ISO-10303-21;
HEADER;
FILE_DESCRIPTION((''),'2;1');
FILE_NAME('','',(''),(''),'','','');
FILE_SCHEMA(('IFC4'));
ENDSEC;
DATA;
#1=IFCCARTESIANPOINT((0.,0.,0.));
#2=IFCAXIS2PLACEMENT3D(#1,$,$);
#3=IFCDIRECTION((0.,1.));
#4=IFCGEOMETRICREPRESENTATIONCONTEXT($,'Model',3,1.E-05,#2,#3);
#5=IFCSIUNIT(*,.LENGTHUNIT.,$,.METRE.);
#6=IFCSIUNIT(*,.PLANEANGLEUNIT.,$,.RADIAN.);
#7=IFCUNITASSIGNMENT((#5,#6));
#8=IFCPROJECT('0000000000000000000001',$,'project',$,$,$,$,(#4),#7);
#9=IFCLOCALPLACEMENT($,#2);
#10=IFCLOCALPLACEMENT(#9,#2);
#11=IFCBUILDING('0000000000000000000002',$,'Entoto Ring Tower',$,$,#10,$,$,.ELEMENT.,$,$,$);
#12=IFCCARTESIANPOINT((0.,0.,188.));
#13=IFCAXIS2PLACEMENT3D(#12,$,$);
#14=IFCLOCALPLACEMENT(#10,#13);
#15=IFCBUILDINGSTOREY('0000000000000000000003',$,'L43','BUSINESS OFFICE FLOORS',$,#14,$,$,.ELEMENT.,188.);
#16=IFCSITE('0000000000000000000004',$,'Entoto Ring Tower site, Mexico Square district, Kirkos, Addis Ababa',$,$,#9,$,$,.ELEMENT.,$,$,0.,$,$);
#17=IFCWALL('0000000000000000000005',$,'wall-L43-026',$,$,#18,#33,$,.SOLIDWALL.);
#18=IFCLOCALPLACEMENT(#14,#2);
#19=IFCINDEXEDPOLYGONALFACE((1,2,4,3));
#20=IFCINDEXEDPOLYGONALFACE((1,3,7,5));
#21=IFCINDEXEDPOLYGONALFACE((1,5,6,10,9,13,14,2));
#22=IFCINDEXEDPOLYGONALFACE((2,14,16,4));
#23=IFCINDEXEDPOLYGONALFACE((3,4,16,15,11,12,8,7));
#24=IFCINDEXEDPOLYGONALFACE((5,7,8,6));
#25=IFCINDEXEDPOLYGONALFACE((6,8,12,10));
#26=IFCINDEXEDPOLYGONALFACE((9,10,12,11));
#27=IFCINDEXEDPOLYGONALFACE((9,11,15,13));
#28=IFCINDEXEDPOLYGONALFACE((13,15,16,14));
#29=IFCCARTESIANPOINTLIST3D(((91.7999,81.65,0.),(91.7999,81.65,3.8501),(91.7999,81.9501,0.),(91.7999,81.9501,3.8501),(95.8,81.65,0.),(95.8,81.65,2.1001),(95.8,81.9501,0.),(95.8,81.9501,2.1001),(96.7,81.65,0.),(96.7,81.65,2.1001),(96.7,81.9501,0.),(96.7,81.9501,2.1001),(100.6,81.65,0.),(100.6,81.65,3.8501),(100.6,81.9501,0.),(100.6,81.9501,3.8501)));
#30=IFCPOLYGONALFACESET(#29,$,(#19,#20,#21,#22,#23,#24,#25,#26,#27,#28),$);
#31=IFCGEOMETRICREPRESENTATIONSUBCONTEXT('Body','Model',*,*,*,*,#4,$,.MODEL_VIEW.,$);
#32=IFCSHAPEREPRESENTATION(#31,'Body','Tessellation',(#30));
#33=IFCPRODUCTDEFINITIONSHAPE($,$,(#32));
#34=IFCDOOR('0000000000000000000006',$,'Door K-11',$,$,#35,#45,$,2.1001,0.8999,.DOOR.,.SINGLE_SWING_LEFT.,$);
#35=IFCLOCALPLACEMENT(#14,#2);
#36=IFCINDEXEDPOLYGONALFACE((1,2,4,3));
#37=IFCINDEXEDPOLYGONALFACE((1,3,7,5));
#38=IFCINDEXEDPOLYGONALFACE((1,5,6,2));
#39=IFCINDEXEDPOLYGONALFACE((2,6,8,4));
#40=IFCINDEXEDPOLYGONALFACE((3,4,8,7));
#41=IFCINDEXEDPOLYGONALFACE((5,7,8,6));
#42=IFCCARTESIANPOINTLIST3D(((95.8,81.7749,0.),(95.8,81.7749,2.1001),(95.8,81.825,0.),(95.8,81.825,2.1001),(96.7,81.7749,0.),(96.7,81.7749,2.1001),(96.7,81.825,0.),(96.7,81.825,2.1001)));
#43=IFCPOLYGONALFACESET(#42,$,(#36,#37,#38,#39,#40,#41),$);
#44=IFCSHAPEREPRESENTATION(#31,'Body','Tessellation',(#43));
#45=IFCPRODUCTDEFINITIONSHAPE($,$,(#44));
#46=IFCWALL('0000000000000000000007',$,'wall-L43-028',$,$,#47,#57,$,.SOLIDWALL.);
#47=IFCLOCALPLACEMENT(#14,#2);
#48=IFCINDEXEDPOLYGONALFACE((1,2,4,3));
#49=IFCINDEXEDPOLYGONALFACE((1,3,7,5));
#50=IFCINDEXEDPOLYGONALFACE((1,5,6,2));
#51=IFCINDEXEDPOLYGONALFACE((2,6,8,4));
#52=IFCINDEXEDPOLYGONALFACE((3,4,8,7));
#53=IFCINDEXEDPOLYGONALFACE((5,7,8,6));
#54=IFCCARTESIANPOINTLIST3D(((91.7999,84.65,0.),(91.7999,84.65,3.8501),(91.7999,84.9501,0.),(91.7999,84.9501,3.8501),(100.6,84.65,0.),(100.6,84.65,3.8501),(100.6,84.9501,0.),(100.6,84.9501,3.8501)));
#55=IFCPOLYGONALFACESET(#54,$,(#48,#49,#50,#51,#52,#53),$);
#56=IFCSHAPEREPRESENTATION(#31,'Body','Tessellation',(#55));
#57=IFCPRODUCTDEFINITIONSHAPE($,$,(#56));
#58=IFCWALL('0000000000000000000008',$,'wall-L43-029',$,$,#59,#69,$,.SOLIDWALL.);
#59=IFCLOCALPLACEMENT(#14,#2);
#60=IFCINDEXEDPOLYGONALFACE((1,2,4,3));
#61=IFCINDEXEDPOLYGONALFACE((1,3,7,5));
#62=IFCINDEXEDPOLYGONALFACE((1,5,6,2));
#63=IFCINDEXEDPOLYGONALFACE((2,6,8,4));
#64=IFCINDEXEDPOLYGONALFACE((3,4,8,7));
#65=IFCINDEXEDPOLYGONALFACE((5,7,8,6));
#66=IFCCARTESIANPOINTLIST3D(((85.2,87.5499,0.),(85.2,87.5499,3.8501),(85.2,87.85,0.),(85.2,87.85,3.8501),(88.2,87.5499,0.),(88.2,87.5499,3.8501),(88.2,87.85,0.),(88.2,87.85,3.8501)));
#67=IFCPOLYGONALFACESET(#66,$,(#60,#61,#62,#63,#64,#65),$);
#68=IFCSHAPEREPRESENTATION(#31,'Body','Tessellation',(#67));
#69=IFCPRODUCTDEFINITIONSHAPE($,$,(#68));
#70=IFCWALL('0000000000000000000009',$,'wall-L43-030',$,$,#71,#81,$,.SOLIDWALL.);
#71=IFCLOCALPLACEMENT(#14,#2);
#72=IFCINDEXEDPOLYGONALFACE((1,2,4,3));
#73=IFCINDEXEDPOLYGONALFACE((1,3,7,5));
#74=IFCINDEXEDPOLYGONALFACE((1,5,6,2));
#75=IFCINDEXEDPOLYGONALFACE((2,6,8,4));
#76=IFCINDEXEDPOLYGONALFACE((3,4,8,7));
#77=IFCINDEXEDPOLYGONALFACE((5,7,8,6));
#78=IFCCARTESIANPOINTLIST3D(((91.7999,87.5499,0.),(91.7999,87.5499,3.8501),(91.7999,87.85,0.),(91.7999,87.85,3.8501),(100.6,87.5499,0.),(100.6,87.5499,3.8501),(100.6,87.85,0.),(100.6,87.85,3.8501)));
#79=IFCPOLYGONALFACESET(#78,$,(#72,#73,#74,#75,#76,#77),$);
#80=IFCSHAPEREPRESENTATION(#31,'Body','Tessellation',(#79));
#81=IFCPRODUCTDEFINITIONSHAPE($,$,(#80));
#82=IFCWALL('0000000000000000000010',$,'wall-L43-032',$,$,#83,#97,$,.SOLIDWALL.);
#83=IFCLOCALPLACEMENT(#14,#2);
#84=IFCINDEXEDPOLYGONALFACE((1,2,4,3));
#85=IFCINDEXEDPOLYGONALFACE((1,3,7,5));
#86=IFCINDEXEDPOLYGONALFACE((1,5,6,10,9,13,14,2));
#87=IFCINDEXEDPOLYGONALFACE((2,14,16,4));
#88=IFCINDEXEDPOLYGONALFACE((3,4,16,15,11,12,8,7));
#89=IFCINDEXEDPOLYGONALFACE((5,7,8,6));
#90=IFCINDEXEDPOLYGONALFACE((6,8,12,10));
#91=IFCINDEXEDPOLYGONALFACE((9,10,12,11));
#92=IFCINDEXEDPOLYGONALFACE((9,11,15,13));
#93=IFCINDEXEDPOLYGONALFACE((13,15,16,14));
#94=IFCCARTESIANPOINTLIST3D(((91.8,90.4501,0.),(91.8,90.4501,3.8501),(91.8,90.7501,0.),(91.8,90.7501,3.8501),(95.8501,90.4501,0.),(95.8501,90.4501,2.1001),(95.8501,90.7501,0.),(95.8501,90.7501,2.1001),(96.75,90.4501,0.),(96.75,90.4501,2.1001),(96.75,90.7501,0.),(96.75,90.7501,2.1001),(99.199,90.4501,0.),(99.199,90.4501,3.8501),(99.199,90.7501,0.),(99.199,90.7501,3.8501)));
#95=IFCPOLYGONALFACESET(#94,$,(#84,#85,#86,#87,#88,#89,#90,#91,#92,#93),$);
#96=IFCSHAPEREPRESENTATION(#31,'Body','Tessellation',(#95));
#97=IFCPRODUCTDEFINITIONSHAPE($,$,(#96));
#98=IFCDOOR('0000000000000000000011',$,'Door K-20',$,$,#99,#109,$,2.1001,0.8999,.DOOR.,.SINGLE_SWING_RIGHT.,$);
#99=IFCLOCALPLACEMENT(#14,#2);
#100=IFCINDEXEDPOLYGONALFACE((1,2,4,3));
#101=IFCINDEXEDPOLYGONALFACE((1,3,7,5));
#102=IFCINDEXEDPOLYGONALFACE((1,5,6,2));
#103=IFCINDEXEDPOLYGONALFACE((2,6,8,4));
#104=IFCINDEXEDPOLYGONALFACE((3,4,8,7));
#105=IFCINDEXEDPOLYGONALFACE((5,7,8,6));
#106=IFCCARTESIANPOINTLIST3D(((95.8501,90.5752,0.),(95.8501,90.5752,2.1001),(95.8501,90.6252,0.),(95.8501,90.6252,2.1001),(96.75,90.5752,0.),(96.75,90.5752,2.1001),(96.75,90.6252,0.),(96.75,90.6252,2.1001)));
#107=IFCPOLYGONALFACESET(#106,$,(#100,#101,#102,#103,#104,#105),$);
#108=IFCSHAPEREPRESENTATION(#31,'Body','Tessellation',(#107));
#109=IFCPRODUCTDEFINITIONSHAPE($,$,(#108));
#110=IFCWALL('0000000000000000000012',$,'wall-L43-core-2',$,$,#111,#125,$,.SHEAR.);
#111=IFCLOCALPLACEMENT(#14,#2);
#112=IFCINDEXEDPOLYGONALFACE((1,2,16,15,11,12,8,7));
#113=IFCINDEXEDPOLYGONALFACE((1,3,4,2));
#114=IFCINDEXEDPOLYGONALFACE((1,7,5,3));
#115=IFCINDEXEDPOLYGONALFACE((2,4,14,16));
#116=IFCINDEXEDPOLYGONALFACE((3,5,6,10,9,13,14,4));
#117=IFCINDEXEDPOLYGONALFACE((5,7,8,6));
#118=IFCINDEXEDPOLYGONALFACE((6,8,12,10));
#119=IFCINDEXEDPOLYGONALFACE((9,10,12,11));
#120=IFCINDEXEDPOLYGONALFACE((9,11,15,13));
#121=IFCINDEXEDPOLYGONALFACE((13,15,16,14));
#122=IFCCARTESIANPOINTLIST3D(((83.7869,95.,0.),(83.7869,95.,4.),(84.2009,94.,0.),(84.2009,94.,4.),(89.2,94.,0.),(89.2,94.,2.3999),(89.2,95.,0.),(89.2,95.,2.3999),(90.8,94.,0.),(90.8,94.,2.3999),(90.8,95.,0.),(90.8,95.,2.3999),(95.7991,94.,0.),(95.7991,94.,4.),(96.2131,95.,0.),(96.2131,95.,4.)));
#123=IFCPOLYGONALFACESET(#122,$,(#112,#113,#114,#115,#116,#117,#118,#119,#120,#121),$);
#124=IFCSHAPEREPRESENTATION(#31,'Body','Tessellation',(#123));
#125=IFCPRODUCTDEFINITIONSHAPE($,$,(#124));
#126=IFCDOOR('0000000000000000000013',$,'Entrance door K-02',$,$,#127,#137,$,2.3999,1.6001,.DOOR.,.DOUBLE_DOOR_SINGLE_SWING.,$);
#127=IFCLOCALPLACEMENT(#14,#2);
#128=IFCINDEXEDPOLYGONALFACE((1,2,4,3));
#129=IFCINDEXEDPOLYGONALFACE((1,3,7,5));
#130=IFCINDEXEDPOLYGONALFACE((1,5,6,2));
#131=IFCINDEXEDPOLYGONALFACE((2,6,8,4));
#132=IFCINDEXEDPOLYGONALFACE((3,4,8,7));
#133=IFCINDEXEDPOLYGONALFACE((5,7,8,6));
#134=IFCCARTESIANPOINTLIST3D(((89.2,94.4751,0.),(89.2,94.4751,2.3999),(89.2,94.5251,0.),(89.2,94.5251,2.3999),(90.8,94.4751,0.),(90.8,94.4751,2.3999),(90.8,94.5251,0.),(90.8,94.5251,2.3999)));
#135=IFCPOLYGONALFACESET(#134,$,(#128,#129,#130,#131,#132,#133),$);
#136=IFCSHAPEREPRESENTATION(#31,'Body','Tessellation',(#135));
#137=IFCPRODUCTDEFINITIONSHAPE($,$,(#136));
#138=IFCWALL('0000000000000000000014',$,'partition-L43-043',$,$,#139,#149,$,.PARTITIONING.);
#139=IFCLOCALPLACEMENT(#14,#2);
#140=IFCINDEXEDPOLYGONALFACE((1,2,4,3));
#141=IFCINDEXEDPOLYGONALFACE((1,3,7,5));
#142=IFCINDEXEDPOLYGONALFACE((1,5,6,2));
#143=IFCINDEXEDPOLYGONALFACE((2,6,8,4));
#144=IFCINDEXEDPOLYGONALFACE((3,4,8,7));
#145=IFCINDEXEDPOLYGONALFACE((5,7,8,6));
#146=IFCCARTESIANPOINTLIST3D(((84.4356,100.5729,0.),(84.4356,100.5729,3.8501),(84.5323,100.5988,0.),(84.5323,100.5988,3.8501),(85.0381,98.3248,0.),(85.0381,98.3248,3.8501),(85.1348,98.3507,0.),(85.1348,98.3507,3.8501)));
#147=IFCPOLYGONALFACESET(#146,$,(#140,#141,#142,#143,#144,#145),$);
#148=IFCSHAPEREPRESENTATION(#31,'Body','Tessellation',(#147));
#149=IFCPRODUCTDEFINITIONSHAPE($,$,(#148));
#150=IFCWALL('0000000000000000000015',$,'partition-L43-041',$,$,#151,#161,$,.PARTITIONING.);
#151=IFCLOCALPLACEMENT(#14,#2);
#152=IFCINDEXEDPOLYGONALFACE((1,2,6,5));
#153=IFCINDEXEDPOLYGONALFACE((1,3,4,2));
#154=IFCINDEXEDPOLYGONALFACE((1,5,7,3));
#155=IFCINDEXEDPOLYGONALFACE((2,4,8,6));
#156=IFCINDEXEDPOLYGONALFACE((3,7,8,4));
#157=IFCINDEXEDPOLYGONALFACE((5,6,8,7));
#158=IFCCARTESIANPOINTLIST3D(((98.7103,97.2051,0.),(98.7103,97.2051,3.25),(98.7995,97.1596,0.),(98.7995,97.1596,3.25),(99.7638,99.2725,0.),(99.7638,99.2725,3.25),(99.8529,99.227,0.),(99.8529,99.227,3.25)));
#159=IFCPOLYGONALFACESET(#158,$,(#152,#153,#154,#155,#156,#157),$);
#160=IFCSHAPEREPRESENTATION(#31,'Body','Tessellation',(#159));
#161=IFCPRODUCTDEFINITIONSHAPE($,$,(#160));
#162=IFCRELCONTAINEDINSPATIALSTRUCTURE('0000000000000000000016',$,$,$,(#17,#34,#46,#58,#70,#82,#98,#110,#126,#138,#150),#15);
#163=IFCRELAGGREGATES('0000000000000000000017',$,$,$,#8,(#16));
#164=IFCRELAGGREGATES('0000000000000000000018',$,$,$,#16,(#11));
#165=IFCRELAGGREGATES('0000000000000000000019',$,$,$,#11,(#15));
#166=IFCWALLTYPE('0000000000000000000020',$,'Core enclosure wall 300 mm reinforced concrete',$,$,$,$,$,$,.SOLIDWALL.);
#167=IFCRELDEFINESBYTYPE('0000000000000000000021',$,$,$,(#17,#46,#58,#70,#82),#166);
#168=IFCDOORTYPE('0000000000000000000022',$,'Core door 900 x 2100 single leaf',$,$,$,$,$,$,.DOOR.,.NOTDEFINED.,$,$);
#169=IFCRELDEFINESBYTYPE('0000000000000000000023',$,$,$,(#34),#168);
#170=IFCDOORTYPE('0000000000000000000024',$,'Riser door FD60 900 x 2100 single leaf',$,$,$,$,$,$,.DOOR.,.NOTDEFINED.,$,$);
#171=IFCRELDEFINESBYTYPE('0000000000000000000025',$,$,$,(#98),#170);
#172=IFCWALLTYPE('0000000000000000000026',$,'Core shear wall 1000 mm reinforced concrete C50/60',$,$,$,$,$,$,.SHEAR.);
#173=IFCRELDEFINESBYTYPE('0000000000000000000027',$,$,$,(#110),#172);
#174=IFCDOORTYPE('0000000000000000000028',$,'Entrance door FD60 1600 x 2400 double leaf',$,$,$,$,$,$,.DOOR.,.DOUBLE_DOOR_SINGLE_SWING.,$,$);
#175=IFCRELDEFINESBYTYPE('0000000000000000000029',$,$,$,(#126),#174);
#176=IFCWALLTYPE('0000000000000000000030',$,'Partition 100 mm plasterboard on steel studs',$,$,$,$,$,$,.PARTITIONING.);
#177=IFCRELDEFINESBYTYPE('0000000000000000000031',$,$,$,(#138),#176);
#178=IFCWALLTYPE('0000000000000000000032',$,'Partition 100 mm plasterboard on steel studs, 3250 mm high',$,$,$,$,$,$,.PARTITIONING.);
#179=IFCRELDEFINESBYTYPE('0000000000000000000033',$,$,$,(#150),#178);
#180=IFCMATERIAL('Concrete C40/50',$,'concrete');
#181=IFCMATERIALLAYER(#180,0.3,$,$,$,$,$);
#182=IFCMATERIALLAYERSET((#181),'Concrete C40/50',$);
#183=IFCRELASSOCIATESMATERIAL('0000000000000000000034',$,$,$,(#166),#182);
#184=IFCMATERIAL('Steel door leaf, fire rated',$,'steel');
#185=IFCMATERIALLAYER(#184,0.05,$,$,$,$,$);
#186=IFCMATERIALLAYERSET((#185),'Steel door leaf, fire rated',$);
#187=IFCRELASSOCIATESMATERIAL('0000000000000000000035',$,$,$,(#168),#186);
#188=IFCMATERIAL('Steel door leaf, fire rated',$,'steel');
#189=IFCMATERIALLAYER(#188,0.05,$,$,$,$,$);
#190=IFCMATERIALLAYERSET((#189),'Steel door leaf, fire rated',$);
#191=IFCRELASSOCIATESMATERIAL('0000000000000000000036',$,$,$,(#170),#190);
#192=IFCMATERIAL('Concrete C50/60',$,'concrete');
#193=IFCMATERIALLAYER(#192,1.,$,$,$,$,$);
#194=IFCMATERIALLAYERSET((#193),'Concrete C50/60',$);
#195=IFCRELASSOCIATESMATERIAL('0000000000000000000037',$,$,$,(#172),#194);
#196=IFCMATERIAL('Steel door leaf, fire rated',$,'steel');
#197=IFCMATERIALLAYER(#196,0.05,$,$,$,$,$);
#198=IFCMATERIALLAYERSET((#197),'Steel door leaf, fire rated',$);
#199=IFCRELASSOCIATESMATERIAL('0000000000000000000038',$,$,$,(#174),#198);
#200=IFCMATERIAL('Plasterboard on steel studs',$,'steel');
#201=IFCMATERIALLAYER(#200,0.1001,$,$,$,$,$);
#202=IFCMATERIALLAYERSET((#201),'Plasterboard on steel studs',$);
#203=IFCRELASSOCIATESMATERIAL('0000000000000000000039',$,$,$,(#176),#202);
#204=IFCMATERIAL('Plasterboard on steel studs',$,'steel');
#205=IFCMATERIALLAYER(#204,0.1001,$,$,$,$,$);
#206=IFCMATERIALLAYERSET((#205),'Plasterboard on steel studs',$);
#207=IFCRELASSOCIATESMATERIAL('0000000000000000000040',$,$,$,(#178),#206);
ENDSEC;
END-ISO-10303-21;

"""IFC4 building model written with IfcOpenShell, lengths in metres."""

from ifc_helpers import new_model, si_unit, direction, frame, frame_2d, origin, place, context, subcontext, project, spatial, polyline, rectangle, outline, extrude, material, layer, layer_set, type_object, element, fill, save


model = new_model("IFC4")

# Units and contexts
model_context = context("Model", 3, precision=1e-05, world=origin(), true_north=direction((0.0, 1.0)))
body_context = subcontext(model_context, "Body", "Model", "MODEL_VIEW")
ifc_project = project(units=[si_unit("LENGTHUNIT", "METRE"), si_unit("PLANEANGLEUNIT", "RADIAN")], contexts=[model_context])

# Site, building, storey
site_placement = place(None, origin())
site = spatial("IfcSite", under=ifc_project, at=site_placement, Name="Entoto Ring Tower site, Mexico Square district, Kirkos, Addis Ababa", CompositionType="ELEMENT", RefElevation=0.0)
building_placement = place(site_placement, origin())
building = spatial("IfcBuilding", under=site, at=building_placement, Name="Entoto Ring Tower", CompositionType="ELEMENT")
storey_placement = place(building_placement, frame((0.0, 0.0, 188.0)))
storey = spatial("IfcBuildingStorey", under=building, at=storey_placement, Name="L43", Description="BUSINESS OFFICE FLOORS", CompositionType="ELEMENT", Elevation=188.0)

# Shared definitions
ifc_material_1 = material(Name="Concrete C40/50", Category="concrete")
ifc_layer_1 = layer(ifc_material_1, 0.3)
ifc_layer_set_1 = layer_set([ifc_layer_1], Name="Concrete C40/50")
wall_type_1 = type_object("IfcWallType", Name="Core enclosure wall 300 mm reinforced concrete", PredefinedType="SOLIDWALL", material=ifc_layer_set_1)

# Wall, opening, door
wall_1_placement = place(storey_placement, frame((91.8, 81.8, 0.0), z_axis=(0.0, 0.0, 1.0), x_axis=(1.0, 0.0, 0.0)))
wall_1 = element("IfcWall", 1, at=wall_1_placement, inside=storey, type_object=wall_type_1, Name="wall-L43-026", PredefinedType="SOLIDWALL", context=body_context, shape_type="SweptSolid", body=[
    extrude(rectangle(XDim=8.8, YDim=0.3, at=frame_2d((4.3999, 0.0))), origin(), (0.0, 0.0, 1.0), 3.8501),
])
opening_1_placement = place(wall_1_placement, frame((4.0, 0.0, 0.0)))
opening_1 = element("IfcOpeningElement", 2, at=opening_1_placement, cuts=wall_1, PredefinedType="OPENING", context=body_context, shape_type="SweptSolid", body=[
    extrude(rectangle(XDim=0.8999, YDim=2.1001, at=frame_2d((0.45, 1.05))), frame((0.0, 0.1602, 0.0), z_axis=(0.0, -1.0, 0.0), x_axis=(1.0, 0.0, 0.0)), (0.0, 0.0, 1.0), 0.3201),
])
ifc_material_2 = material(Name="Steel door leaf, fire rated", Category="steel")
ifc_layer_2 = layer(ifc_material_2, 0.05)
ifc_layer_set_2 = layer_set([ifc_layer_2], Name="Steel door leaf, fire rated")
door_type_1 = type_object("IfcDoorType", Name="Core door 900 x 2100 single leaf", OperationType="NOTDEFINED", PredefinedType="DOOR", material=ifc_layer_set_2)
door_1_placement = place(opening_1_placement, origin())
door_1 = element("IfcDoor", 3, at=door_1_placement, inside=storey, type_object=door_type_1, Name="Door K-11", OperationType="SINGLE_SWING_LEFT", OverallHeight=2.1001, OverallWidth=0.8999, PredefinedType="DOOR", context=body_context, shape_type="SweptSolid", body=[
    extrude(rectangle(XDim=0.8999, YDim=2.1001, at=frame_2d((0.45, 1.05))), frame((0.0, 0.0249, 0.0), z_axis=(0.0, -1.0, 0.0), x_axis=(1.0, 0.0, 0.0)), (0.0, 0.0, 1.0), 0.05),
])
fill(opening_1, door_1)

# Walls
wall_2_placement = place(storey_placement, frame((91.8, 84.8, 0.0), z_axis=(0.0, 0.0, 1.0), x_axis=(1.0, 0.0, 0.0)))
element("IfcWall", 4, at=wall_2_placement, inside=storey, type_object=wall_type_1, Name="wall-L43-028", PredefinedType="SOLIDWALL", context=body_context, shape_type="SweptSolid", body=[
    extrude(rectangle(XDim=8.8, YDim=0.3, at=frame_2d((4.3999, 0.0))), origin(), (0.0, 0.0, 1.0), 3.8501),
])
wall_3_placement = place(storey_placement, frame((85.2, 87.7, 0.0), z_axis=(0.0, 0.0, 1.0), x_axis=(1.0, 0.0, 0.0)))
element("IfcWall", 5, at=wall_3_placement, inside=storey, type_object=wall_type_1, Name="wall-L43-029", PredefinedType="SOLIDWALL", context=body_context, shape_type="SweptSolid", body=[
    extrude(rectangle(XDim=3.0, YDim=0.3, at=frame_2d((1.5, 0.0))), origin(), (0.0, 0.0, 1.0), 3.8501),
])
wall_4_placement = place(storey_placement, frame((91.8, 87.7, 0.0), z_axis=(0.0, 0.0, 1.0), x_axis=(1.0, 0.0, 0.0)))
element("IfcWall", 6, at=wall_4_placement, inside=storey, type_object=wall_type_1, Name="wall-L43-030", PredefinedType="SOLIDWALL", context=body_context, shape_type="SweptSolid", body=[
    extrude(rectangle(XDim=8.8, YDim=0.3, at=frame_2d((4.3999, 0.0))), origin(), (0.0, 0.0, 1.0), 3.8501),
])

# Walls, openings, doors
wall_5_placement = place(storey_placement, frame((91.8, 90.6001, 0.0), z_axis=(0.0, 0.0, 1.0), x_axis=(1.0, 0.0, 0.0)))
wall_5 = element("IfcWall", 7, at=wall_5_placement, inside=storey, type_object=wall_type_1, Name="wall-L43-032", PredefinedType="SOLIDWALL", context=body_context, shape_type="SweptSolid", body=[
    extrude(rectangle(XDim=7.3989, YDim=0.3, at=frame_2d((3.6995, 0.0))), origin(), (0.0, 0.0, 1.0), 3.8501),
])
opening_2_placement = place(wall_5_placement, frame((4.05, 0.0, 0.0)))
opening_2 = element("IfcOpeningElement", 8, at=opening_2_placement, cuts=wall_5, PredefinedType="OPENING", context=body_context, shape_type="SweptSolid", body=[
    extrude(rectangle(XDim=0.8999, YDim=2.1001, at=frame_2d((0.45, 1.05))), frame((0.0, 0.1602, 0.0), z_axis=(0.0, -1.0, 0.0), x_axis=(1.0, 0.0, 0.0)), (0.0, 0.0, 1.0), 0.3201),
])
ifc_material_3 = material(Name="Steel door leaf, fire rated", Category="steel")
ifc_layer_3 = layer(ifc_material_3, 0.05)
ifc_layer_set_3 = layer_set([ifc_layer_3], Name="Steel door leaf, fire rated")
door_type_2 = type_object("IfcDoorType", Name="Riser door FD60 900 x 2100 single leaf", OperationType="NOTDEFINED", PredefinedType="DOOR", material=ifc_layer_set_3)
door_2_placement = place(opening_2_placement, frame((0.8999, 0.0, 0.0), z_axis=(0.0, 0.0, 1.0), x_axis=(-1.0, 0.0, 0.0)))
door_2 = element("IfcDoor", 9, at=door_2_placement, inside=storey, type_object=door_type_2, Name="Door K-20", OperationType="SINGLE_SWING_RIGHT", OverallHeight=2.1001, OverallWidth=0.8999, PredefinedType="DOOR", context=body_context, shape_type="SweptSolid", body=[
    extrude(rectangle(XDim=0.8999, YDim=2.1001, at=frame_2d((0.45, 1.05))), frame((0.0, 0.0249, 0.0), z_axis=(0.0, -1.0, 0.0), x_axis=(1.0, 0.0, 0.0)), (0.0, 0.0, 1.0), 0.05),
])
fill(opening_2, door_2)
ifc_material_4 = material(Name="Concrete C50/60", Category="concrete")
ifc_layer_4 = layer(ifc_material_4, 1.0)
ifc_layer_set_4 = layer_set([ifc_layer_4], Name="Concrete C50/60")
wall_type_2 = type_object("IfcWallType", Name="Core shear wall 1000 mm reinforced concrete C50/60", PredefinedType="SHEAR", material=ifc_layer_set_4)
wall_6_placement = place(storey_placement, frame((96.0061, 94.5, 0.0), z_axis=(0.0, 0.0, 1.0), x_axis=(-1.0, 0.0, 0.0)))
wall_6 = element("IfcWall", 10, at=wall_6_placement, inside=storey, type_object=wall_type_2, Name="wall-L43-core-2", PredefinedType="SHEAR", context=body_context, shape_type="SweptSolid", body=[
    extrude(outline(polyline([(-0.207, -0.5), (12.2192, -0.5), (11.8052, 0.5), (0.207, 0.5), (-0.207, -0.5)])), origin(), (0.0, 0.0, 1.0), 4.0),
])
opening_3_placement = place(wall_6_placement, frame((5.2061, 0.0, 0.0)))
opening_3 = element("IfcOpeningElement", 11, at=opening_3_placement, cuts=wall_6, PredefinedType="OPENING", context=body_context, shape_type="SweptSolid", body=[
    extrude(rectangle(XDim=1.6001, YDim=2.3999, at=frame_2d((0.8, 1.2))), frame((0.0, 0.51, 0.0), z_axis=(0.0, -1.0, 0.0), x_axis=(1.0, 0.0, 0.0)), (0.0, 0.0, 1.0), 1.02),
])
ifc_material_5 = material(Name="Steel door leaf, fire rated", Category="steel")
ifc_layer_5 = layer(ifc_material_5, 0.05)
ifc_layer_set_5 = layer_set([ifc_layer_5], Name="Steel door leaf, fire rated")
door_type_3 = type_object("IfcDoorType", Name="Entrance door FD60 1600 x 2400 double leaf", OperationType="DOUBLE_DOOR_SINGLE_SWING", PredefinedType="DOOR", material=ifc_layer_set_5)
door_3_placement = place(opening_3_placement, origin())
door_3 = element("IfcDoor", 12, at=door_3_placement, inside=storey, type_object=door_type_3, Name="Entrance door K-02", OperationType="DOUBLE_DOOR_SINGLE_SWING", OverallHeight=2.3999, OverallWidth=1.6001, PredefinedType="DOOR", context=body_context, shape_type="SweptSolid", body=[
    extrude(rectangle(XDim=1.6001, YDim=2.3999, at=frame_2d((0.8, 1.2))), frame((0.0, 0.0249, 0.0), z_axis=(0.0, -1.0, 0.0), x_axis=(1.0, 0.0, 0.0)), (0.0, 0.0, 1.0), 0.05),
])
fill(opening_3, door_3)

# Walls
ifc_material_6 = material(Name="Plasterboard on steel studs", Category="steel")
ifc_layer_6 = layer(ifc_material_6, 0.1001)
ifc_layer_set_6 = layer_set([ifc_layer_6], Name="Plasterboard on steel studs")
wall_type_3 = type_object("IfcWallType", Name="Partition 100 mm plasterboard on steel studs", PredefinedType="PARTITIONING", material=ifc_layer_set_6)
wall_7_placement = place(storey_placement, frame((85.0864, 98.3379, 0.0), z_axis=(0.0, 0.0, 1.0), x_axis=(-0.25889, 0.965907, 0.0)))
element("IfcWall", 13, at=wall_7_placement, inside=storey, type_object=wall_type_3, Name="partition-L43-043", PredefinedType="PARTITIONING", context=body_context, shape_type="SweptSolid", body=[
    extrude(rectangle(XDim=2.3274, YDim=0.1001, at=frame_2d((1.1636, 0.0))), origin(), (0.0, 0.0, 1.0), 3.8501),
])
ifc_material_7 = material(Name="Plasterboard on steel studs", Category="steel")
ifc_layer_7 = layer(ifc_material_7, 0.1001)
ifc_layer_set_7 = layer_set([ifc_layer_7], Name="Plasterboard on steel studs")
wall_type_4 = type_object("IfcWallType", Name="Partition 100 mm plasterboard on steel studs, 3250 mm high", PredefinedType="PARTITIONING", material=ifc_layer_set_7)
wall_8_placement = place(storey_placement, frame((98.7549, 97.1824, 0.0), z_axis=(0.0, 0.0, 1.0), x_axis=(0.454019, 0.890992, 0.0)))
element("IfcWall", 14, at=wall_8_placement, inside=storey, type_object=wall_type_4, Name="partition-L43-041", PredefinedType="PARTITIONING", context=body_context, shape_type="SweptSolid", body=[
    extrude(rectangle(XDim=2.3203, YDim=0.1001, at=frame_2d((1.1602, 0.0))), origin(), (0.0, 0.0, 1.0), 3.25),
])

save(model, "model.ifc")
